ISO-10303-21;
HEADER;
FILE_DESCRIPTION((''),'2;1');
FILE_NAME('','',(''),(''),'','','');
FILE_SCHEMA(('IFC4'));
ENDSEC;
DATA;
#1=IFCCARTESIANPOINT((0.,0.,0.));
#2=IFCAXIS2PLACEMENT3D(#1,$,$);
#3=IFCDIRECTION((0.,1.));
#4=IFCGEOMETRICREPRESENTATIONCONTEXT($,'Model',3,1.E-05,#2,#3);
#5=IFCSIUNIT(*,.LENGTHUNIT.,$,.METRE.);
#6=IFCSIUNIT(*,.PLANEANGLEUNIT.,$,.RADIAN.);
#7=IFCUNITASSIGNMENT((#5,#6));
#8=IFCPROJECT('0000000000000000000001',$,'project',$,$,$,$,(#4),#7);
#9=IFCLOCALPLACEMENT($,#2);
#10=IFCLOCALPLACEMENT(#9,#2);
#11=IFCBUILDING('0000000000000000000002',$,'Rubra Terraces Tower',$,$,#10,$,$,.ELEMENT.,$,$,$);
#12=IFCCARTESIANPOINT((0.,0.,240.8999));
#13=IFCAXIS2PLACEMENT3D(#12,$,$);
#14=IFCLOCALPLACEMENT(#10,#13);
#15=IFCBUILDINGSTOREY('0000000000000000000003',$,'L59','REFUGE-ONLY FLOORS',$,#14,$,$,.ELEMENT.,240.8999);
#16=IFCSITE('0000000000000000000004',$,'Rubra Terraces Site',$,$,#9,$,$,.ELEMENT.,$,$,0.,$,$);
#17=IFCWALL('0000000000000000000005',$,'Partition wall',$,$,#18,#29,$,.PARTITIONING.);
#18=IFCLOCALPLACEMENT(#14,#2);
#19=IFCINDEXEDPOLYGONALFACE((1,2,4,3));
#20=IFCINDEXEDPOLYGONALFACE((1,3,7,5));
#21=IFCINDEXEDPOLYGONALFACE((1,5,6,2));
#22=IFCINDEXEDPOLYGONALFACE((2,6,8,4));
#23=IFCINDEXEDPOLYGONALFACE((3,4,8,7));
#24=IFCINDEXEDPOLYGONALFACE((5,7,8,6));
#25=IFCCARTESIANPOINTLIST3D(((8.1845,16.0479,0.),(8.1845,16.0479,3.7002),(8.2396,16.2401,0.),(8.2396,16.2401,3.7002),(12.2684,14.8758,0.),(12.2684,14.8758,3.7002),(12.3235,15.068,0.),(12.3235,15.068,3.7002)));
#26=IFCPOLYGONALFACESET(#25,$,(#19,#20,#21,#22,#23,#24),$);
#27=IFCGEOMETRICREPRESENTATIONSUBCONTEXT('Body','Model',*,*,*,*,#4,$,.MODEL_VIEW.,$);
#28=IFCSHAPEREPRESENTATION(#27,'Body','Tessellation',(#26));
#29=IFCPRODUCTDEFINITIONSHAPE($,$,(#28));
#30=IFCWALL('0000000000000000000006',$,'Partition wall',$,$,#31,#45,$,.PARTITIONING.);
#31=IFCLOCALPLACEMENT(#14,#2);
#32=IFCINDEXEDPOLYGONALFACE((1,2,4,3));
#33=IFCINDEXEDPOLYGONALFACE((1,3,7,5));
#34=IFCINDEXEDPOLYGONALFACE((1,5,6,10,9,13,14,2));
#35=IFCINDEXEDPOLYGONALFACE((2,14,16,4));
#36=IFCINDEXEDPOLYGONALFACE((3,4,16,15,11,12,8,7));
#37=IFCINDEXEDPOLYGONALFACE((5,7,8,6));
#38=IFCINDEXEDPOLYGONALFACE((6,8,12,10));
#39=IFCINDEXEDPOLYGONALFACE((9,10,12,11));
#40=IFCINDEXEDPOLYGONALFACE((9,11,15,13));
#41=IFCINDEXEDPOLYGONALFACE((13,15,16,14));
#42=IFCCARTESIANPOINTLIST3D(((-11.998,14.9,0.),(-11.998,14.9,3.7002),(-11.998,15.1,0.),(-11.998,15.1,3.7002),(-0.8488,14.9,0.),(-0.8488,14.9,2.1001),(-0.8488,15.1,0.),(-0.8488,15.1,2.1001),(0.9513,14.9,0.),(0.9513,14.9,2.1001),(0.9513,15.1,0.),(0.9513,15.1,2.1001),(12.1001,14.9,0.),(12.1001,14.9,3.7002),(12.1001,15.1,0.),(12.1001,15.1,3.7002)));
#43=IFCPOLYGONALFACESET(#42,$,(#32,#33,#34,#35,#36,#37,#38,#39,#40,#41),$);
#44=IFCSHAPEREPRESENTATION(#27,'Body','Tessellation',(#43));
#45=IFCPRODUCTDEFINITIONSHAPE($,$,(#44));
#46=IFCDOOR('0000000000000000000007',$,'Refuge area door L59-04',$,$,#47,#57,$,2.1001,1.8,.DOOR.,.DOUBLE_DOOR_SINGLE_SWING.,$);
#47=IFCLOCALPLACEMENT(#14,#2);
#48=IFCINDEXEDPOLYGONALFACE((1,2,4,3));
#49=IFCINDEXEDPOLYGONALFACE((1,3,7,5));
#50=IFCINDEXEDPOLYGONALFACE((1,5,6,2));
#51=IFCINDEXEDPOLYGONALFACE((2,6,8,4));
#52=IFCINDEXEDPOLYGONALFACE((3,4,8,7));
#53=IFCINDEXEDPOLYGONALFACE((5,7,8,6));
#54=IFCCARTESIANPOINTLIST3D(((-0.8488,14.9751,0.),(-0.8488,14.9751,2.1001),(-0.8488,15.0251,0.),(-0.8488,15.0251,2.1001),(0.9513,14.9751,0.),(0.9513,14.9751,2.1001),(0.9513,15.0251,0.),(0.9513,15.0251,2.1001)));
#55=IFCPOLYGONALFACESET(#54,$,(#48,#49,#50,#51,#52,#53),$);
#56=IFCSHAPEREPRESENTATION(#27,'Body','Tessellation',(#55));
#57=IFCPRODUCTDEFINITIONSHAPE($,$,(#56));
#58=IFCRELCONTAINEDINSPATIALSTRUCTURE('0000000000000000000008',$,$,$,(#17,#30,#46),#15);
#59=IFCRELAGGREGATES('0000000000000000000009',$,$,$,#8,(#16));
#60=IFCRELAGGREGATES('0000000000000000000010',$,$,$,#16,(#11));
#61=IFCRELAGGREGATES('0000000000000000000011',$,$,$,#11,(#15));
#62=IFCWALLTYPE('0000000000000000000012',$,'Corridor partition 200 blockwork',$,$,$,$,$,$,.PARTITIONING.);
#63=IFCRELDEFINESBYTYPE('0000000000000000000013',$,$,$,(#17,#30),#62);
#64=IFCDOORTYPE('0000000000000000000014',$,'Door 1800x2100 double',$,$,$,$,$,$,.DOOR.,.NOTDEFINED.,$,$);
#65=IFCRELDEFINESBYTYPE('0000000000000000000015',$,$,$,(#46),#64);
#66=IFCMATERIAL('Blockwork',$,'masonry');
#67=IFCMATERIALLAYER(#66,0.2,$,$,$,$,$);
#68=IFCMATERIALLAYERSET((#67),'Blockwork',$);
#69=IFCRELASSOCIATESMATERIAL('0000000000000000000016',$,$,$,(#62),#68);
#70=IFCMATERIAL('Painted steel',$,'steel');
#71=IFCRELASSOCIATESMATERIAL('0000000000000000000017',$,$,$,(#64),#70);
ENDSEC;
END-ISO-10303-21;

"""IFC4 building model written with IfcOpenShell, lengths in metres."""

from ifc_helpers import new_model, si_unit, direction, frame, frame_2d, origin, place, context, subcontext, project, spatial, rectangle, extrude, material, layer, layer_set, type_object, element, fill, save


model = new_model("IFC4")

# Units and contexts
model_context = context("Model", 3, precision=1e-05, world=origin(), true_north=direction((0.0, 1.0)))
body_context = subcontext(model_context, "Body", "Model", "MODEL_VIEW")
ifc_project = project(units=[si_unit("LENGTHUNIT", "METRE"), si_unit("PLANEANGLEUNIT", "RADIAN")], contexts=[model_context])

# Site, building, storey
site_placement = place(None, origin())
site = spatial("IfcSite", under=ifc_project, at=site_placement, Name="Rubra Terraces Site", CompositionType="ELEMENT", RefElevation=0.0)
building_placement = place(site_placement, origin())
building = spatial("IfcBuilding", under=site, at=building_placement, Name="Rubra Terraces Tower", CompositionType="ELEMENT")
storey_placement = place(building_placement, frame((0.0, 0.0, 240.8999)))
storey = spatial("IfcBuildingStorey", under=building, at=storey_placement, Name="L59", Description="REFUGE-ONLY FLOORS", CompositionType="ELEMENT", Elevation=240.8999)

# Wall
ifc_material_1 = material(Name="Blockwork", Category="masonry")
ifc_layer_1 = layer(ifc_material_1, 0.2)
ifc_layer_set_1 = layer_set([ifc_layer_1], Name="Blockwork")
wall_type_1 = type_object("IfcWallType", Name="Corridor partition 200 blockwork", PredefinedType="PARTITIONING", material=ifc_layer_set_1)
wall_1_placement = place(storey_placement, frame((8.2119, 16.144, 0.0), z_axis=(0.0, 0.0, 1.0), x_axis=(0.961196, -0.275867, 0.0)))
element("IfcWall", 1, at=wall_1_placement, inside=storey, type_object=wall_type_1, Name="Partition wall", PredefinedType="PARTITIONING", context=body_context, shape_type="SweptSolid", body=[
    extrude(rectangle(XDim=4.2488, YDim=0.2, at=frame_2d((2.1245, 0.0))), origin(), (0.0, 0.0, 1.0), 3.7002),
])

# Wall, opening, door
wall_2_placement = place(storey_placement, frame((12.1001, 15.0, 0.0), z_axis=(0.0, 0.0, 1.0), x_axis=(-1.0, 0.0, 0.0)))
wall_2 = element("IfcWall", 2, at=wall_2_placement, inside=storey, type_object=wall_type_1, Name="Partition wall", PredefinedType="PARTITIONING", context=body_context, shape_type="SweptSolid", body=[
    extrude(rectangle(XDim=24.0981, YDim=0.2, at=frame_2d((12.0491, 0.0))), origin(), (0.0, 0.0, 1.0), 3.7002),
])
opening_1_placement = place(wall_2_placement, frame((11.1489, 0.0, 0.0)))
opening_1 = element("IfcOpeningElement", 3, at=opening_1_placement, cuts=wall_2, PredefinedType="OPENING", context=body_context, shape_type="SweptSolid", body=[
    extrude(rectangle(XDim=1.8, YDim=2.1001, at=frame_2d((0.8999, 1.05))), frame((0.0, 0.1099, 0.0), z_axis=(0.0, -1.0, 0.0), x_axis=(1.0, 0.0, 0.0)), (0.0, 0.0, 1.0), 0.22),
])
ifc_material_2 = material(Name="Painted steel", Category="steel")
door_type = type_object("IfcDoorType", Name="Door 1800x2100 double", OperationType="NOTDEFINED", PredefinedType="DOOR", material=ifc_material_2)
door_placement = place(opening_1_placement, origin())
door = element("IfcDoor", 4, at=door_placement, inside=storey, type_object=door_type, Name="Refuge area door L59-04", OperationType="DOUBLE_DOOR_SINGLE_SWING", OverallHeight=2.1001, OverallWidth=1.8, PredefinedType="DOOR", context=body_context, shape_type="SweptSolid", body=[
    extrude(rectangle(XDim=1.8, YDim=2.1001, at=frame_2d((0.8999, 1.05))), frame((0.0, 0.0249, 0.0), z_axis=(0.0, -1.0, 0.0), x_axis=(1.0, 0.0, 0.0)), (0.0, 0.0, 1.0), 0.05),
])
fill(opening_1, door)

save(model, "model.ifc")
